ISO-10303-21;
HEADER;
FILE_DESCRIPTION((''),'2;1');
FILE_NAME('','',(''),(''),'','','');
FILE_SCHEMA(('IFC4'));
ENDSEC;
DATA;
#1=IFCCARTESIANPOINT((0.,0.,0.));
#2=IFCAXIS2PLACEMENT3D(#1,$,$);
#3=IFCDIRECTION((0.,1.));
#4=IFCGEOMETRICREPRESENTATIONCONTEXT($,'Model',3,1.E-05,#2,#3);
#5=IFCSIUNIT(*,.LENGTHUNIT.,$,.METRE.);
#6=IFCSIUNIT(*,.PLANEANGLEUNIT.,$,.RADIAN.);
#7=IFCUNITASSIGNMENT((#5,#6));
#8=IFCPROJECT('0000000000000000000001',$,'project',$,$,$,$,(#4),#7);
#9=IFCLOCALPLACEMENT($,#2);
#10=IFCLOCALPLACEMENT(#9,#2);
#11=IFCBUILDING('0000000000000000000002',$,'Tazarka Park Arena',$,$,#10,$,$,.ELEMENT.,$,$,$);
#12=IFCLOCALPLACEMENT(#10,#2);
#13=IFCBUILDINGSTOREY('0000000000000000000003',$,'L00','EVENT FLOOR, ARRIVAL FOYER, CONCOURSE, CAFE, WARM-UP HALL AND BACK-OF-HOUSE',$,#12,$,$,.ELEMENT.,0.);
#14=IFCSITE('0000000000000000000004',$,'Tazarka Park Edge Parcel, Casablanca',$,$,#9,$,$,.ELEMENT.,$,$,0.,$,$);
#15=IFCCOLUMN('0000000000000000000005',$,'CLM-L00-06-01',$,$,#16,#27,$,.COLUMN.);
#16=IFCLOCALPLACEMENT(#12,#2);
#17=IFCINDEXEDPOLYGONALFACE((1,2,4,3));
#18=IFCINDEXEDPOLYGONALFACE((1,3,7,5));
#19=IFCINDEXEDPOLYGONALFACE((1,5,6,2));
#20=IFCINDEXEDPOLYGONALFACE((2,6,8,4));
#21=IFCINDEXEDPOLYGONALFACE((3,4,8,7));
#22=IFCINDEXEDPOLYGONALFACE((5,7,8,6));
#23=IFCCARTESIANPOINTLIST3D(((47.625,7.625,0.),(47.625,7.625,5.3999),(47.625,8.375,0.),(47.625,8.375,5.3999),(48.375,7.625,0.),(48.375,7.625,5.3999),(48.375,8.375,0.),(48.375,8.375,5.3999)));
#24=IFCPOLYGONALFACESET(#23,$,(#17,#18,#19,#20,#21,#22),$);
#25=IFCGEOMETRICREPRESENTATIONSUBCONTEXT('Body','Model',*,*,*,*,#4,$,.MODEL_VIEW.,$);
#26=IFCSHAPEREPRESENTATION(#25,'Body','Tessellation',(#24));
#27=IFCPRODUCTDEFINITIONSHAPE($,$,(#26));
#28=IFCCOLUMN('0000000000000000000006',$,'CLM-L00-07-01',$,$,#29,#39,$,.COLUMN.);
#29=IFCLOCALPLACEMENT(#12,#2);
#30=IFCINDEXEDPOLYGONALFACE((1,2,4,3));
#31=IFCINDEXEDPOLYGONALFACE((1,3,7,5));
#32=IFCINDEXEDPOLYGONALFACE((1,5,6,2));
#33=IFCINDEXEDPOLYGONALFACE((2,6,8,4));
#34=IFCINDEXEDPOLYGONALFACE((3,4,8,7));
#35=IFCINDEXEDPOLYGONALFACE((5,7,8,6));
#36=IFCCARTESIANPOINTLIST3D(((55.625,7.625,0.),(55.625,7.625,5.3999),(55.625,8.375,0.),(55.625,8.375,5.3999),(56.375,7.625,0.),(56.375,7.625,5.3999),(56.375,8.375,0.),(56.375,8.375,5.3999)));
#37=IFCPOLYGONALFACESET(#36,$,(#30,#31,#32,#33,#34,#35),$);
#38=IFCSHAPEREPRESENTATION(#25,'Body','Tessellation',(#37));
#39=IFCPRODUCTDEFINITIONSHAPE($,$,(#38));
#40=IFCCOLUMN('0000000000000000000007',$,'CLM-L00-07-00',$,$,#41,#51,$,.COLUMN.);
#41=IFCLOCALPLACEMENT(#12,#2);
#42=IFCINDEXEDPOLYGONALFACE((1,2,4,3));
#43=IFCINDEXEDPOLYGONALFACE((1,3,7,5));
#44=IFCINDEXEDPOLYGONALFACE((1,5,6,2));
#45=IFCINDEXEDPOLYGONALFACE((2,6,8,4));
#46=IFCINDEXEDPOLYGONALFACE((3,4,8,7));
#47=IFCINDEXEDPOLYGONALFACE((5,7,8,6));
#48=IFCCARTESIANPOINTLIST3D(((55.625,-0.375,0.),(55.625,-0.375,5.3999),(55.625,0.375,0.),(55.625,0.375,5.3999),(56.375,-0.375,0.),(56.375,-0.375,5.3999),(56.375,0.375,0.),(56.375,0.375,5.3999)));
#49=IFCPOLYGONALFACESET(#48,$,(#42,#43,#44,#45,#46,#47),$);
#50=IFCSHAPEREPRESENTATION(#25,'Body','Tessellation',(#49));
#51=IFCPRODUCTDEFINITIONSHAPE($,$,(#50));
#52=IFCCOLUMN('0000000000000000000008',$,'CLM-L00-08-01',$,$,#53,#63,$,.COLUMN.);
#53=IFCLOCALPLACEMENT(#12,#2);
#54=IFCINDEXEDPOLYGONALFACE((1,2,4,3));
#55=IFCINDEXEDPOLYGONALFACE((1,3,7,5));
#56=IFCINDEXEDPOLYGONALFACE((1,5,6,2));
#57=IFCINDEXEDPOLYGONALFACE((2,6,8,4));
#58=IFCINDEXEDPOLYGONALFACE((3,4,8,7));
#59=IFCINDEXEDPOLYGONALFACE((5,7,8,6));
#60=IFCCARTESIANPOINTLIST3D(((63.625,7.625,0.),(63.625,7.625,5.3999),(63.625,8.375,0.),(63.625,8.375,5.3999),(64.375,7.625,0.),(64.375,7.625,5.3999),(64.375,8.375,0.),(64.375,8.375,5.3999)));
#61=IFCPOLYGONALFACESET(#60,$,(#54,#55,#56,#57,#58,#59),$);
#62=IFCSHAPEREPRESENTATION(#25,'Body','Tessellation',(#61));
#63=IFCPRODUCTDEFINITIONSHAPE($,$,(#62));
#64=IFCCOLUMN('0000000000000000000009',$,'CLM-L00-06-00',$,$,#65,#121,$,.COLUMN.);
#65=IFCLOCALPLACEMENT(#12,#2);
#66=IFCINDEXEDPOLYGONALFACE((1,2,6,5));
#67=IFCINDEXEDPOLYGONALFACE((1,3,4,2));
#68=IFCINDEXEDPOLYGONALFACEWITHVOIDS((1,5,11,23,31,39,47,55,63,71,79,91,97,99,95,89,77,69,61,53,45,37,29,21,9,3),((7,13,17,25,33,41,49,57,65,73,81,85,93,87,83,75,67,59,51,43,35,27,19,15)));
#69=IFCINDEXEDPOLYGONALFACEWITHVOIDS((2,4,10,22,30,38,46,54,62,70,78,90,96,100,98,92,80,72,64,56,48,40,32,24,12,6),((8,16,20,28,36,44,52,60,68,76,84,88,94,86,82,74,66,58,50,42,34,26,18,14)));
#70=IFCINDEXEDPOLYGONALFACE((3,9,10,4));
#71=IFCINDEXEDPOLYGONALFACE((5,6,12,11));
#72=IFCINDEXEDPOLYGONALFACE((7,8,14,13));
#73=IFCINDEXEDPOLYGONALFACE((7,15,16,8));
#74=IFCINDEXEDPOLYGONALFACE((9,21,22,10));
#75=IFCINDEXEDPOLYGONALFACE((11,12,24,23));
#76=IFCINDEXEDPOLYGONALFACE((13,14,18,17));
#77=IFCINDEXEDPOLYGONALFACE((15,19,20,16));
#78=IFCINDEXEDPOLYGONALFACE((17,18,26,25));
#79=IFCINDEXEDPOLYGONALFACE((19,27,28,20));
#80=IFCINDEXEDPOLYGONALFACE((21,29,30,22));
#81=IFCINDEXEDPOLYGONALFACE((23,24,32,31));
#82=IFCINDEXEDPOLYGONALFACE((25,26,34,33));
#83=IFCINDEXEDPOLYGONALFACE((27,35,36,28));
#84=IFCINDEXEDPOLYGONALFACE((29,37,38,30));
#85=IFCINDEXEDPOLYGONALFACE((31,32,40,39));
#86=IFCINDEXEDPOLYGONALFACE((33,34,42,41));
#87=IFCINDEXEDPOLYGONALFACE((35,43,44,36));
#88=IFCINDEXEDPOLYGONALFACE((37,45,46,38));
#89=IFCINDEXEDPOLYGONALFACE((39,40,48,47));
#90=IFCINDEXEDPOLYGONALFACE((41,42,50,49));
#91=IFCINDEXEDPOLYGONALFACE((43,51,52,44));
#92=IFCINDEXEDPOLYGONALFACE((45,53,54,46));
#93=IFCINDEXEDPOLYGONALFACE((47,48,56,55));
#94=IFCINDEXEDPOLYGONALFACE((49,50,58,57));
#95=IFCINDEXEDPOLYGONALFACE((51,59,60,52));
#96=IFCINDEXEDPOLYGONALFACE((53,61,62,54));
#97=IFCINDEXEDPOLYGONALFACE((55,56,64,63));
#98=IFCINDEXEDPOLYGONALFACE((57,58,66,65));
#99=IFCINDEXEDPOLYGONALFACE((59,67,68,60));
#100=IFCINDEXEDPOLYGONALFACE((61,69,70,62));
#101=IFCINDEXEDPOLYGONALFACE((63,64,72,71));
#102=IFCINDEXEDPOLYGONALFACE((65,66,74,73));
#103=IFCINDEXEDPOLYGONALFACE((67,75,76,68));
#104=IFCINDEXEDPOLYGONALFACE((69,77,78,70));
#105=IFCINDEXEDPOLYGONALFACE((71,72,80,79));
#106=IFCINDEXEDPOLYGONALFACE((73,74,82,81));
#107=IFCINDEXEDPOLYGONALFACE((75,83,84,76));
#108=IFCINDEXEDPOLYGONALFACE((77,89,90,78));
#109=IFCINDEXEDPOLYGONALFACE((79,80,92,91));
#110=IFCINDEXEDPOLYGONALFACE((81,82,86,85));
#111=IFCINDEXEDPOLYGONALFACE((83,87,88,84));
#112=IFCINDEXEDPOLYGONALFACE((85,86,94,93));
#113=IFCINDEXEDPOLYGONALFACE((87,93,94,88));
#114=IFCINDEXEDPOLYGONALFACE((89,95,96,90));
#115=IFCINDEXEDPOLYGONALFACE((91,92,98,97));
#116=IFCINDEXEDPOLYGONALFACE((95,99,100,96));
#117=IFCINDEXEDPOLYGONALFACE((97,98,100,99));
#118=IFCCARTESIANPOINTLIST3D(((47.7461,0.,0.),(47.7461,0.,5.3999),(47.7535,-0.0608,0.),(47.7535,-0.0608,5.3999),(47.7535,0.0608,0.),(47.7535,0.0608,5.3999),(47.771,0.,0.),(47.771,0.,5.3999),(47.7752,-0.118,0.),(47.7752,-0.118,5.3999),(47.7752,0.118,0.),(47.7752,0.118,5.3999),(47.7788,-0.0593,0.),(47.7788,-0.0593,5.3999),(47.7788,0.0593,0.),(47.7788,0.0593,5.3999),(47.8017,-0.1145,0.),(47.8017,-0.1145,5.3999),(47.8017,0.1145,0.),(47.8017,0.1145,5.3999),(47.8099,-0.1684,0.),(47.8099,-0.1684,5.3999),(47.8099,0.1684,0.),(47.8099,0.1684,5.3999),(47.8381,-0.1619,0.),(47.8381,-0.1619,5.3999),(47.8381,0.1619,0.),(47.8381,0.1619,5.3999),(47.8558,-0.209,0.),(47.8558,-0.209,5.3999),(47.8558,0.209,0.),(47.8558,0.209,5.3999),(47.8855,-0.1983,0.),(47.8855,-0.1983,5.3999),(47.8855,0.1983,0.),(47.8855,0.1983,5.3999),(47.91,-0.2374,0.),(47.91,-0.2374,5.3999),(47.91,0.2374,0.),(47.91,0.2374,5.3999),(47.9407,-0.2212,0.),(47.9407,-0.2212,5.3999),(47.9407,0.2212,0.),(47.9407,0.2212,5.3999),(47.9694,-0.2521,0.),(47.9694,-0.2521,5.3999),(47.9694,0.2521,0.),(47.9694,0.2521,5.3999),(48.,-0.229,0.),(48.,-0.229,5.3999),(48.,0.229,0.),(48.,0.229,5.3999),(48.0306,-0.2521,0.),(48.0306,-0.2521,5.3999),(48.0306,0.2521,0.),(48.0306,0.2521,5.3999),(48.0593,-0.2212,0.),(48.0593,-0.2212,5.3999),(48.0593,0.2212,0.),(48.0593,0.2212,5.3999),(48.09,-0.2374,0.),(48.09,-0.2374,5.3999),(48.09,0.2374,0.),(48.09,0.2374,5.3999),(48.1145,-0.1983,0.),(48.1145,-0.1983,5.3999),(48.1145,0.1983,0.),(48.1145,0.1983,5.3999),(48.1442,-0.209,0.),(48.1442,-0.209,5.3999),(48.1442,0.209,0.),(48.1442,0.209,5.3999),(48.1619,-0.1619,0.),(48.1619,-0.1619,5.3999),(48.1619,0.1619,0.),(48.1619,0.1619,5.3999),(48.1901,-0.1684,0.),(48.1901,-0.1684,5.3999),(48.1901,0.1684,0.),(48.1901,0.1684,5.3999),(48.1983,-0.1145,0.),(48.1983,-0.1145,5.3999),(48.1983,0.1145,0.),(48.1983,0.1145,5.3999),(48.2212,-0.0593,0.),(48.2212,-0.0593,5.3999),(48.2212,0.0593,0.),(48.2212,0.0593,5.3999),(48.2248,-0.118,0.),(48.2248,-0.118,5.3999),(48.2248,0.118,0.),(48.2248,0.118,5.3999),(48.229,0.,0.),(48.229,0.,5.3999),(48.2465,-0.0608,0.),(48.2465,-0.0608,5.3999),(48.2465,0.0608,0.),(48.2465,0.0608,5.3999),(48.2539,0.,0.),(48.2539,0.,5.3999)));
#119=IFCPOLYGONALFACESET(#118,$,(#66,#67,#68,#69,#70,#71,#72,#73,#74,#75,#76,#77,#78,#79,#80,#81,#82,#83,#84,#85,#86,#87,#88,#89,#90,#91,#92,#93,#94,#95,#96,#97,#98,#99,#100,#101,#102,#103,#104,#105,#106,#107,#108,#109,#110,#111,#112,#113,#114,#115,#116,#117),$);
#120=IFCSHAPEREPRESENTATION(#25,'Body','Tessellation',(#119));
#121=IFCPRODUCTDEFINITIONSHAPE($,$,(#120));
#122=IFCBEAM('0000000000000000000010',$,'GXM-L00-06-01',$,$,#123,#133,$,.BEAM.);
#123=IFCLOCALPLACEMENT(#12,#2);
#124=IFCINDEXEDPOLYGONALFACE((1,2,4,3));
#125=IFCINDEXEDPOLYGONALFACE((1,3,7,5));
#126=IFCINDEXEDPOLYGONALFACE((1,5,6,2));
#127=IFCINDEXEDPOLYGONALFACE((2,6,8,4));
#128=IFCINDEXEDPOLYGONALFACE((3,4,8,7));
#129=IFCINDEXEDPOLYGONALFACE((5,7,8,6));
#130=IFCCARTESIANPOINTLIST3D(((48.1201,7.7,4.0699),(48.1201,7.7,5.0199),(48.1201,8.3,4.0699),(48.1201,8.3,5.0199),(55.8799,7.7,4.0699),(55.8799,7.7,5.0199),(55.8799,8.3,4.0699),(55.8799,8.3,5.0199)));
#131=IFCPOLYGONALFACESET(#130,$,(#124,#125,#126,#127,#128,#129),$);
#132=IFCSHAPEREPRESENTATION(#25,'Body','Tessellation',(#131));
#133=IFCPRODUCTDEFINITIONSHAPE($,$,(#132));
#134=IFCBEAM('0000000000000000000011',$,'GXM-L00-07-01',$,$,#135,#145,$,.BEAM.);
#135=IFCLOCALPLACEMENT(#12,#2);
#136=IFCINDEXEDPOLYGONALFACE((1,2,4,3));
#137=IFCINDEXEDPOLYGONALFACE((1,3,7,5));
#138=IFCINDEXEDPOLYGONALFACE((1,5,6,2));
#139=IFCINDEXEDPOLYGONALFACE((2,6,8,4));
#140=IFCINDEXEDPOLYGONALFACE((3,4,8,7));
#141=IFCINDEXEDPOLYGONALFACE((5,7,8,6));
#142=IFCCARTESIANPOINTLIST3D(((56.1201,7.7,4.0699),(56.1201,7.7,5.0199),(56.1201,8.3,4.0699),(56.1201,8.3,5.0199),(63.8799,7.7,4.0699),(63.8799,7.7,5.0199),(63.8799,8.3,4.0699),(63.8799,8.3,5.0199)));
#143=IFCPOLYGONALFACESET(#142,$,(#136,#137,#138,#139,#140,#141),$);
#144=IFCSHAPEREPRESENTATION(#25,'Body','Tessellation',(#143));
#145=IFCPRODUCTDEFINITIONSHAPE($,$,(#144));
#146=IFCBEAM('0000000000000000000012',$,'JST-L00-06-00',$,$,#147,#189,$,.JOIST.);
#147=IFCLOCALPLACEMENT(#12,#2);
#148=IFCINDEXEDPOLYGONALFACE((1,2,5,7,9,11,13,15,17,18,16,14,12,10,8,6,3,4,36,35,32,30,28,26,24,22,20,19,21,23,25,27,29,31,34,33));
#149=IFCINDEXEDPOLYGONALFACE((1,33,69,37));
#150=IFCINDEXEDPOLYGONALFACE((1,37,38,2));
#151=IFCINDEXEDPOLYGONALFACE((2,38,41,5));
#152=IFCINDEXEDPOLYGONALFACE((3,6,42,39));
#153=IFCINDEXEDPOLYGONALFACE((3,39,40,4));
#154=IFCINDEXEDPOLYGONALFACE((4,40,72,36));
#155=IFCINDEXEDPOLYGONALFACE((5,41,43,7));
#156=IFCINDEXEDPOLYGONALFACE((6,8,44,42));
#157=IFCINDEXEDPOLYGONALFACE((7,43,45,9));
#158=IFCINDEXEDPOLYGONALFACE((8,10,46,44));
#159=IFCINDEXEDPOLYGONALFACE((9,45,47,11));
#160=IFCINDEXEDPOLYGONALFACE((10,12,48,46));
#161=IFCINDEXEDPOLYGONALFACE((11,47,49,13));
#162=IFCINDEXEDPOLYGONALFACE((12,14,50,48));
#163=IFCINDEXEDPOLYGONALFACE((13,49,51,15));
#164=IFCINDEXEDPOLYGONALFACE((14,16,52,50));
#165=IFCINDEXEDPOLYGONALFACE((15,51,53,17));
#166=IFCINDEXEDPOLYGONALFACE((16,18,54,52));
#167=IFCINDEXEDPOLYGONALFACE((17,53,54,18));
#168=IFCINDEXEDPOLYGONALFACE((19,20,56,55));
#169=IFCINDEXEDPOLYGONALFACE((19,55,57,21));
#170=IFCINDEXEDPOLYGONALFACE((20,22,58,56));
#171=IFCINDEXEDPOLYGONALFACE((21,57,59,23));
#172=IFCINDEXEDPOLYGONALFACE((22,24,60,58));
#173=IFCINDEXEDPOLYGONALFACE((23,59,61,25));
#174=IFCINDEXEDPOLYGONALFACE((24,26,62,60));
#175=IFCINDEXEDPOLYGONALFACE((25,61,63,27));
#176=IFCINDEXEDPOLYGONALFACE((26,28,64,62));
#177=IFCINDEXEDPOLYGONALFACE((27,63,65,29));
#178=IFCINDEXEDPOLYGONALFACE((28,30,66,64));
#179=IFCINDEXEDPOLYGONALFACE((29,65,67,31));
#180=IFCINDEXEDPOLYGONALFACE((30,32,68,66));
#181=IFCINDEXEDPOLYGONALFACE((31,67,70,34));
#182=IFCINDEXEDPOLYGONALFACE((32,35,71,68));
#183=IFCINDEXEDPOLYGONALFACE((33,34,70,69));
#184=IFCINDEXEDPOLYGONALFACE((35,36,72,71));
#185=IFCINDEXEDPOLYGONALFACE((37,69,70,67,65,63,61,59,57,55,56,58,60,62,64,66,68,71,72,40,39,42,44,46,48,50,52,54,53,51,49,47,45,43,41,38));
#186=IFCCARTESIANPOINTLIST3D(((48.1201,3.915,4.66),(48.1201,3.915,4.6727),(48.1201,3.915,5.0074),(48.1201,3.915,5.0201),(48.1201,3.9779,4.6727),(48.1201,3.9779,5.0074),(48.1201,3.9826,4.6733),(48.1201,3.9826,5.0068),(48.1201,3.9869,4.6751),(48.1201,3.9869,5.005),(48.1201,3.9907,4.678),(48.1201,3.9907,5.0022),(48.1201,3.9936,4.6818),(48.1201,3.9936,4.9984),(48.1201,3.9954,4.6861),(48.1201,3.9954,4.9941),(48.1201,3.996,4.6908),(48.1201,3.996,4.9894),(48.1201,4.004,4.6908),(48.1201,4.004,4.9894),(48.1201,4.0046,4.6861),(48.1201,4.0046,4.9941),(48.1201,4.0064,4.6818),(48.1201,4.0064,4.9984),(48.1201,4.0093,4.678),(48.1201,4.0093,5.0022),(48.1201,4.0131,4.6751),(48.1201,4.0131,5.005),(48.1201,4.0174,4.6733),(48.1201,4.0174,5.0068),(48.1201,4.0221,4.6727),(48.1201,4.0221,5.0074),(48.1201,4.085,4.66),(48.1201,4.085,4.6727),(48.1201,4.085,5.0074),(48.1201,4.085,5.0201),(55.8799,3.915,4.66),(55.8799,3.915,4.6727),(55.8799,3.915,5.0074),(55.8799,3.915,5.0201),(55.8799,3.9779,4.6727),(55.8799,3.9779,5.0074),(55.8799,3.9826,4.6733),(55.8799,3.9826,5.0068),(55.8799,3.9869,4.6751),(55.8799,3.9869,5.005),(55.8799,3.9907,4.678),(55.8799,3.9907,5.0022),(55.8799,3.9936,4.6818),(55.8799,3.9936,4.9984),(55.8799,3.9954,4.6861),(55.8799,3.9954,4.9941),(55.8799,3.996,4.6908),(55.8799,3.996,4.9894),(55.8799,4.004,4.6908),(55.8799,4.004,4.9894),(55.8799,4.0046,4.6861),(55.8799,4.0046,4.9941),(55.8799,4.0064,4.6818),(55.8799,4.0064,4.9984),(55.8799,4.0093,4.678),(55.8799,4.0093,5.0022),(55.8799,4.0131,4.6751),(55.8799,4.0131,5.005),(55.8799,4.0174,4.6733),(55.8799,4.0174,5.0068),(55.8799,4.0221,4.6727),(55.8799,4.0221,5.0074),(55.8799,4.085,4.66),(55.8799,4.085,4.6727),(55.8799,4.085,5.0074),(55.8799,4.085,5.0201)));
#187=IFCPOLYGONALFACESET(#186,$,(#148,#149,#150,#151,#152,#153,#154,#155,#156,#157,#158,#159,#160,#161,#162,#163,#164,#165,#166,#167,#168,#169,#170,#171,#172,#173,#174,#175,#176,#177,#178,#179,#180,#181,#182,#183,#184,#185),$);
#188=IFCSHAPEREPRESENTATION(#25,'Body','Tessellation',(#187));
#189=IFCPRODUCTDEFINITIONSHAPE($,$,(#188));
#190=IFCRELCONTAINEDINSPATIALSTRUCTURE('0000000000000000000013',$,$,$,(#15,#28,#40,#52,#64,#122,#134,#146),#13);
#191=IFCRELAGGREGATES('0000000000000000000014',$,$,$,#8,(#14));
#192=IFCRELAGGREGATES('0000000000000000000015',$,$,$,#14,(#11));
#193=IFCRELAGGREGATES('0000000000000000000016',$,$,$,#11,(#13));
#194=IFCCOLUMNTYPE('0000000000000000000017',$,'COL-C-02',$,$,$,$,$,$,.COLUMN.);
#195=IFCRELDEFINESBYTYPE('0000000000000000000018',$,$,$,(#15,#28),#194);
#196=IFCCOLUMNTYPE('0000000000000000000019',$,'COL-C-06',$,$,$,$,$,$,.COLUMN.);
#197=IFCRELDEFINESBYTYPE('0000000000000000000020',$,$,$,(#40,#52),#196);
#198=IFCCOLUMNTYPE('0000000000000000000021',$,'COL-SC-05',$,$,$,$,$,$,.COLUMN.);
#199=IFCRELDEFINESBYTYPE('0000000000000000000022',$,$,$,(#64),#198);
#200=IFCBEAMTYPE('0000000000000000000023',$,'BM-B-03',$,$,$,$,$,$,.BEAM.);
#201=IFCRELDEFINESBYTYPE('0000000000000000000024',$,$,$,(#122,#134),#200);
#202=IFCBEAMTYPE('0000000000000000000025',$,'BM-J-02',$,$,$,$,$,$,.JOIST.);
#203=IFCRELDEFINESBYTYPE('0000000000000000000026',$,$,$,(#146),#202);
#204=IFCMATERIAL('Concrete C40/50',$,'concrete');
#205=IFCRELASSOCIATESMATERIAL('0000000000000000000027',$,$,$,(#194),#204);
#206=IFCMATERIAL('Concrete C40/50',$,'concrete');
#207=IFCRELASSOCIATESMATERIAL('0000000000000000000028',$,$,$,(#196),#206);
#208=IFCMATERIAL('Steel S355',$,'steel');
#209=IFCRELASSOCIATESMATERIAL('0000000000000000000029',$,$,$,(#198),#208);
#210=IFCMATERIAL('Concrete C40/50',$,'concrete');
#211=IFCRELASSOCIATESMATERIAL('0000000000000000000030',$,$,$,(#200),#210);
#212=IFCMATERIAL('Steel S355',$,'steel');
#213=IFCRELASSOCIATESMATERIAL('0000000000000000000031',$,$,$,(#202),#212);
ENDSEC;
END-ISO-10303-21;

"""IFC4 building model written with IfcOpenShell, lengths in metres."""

from ifc_helpers import new_model, si_unit, direction, frame, origin, origin_2d, place, context, subcontext, project, spatial, rectangle, hollow_circle, i_section, extrude, material, material_profile, profile_set, type_object, element, save


model = new_model("IFC4")

# Units and contexts
model_context = context("Model", 3, precision=1e-05, world=origin(), true_north=direction((0.0, 1.0)))
body_context = subcontext(model_context, "Body", "Model", "MODEL_VIEW")
ifc_project = project(units=[si_unit("LENGTHUNIT", "METRE"), si_unit("PLANEANGLEUNIT", "RADIAN")], contexts=[model_context])

# Site, building, storey
site_placement = place(None, origin())
site = spatial("IfcSite", under=ifc_project, at=site_placement, Name="Tazarka Park Edge Parcel, Casablanca", CompositionType="ELEMENT", RefElevation=0.0)
building_placement = place(site_placement, origin())
building = spatial("IfcBuilding", under=site, at=building_placement, Name="Tazarka Park Arena", CompositionType="ELEMENT")
storey_placement = place(building_placement, origin())
storey = spatial("IfcBuildingStorey", under=building, at=storey_placement, Name="L00", Description="EVENT FLOOR, ARRIVAL FOYER, CONCOURSE, CAFE, WARM-UP HALL AND BACK-OF-HOUSE", CompositionType="ELEMENT", Elevation=0.0)

# Columns
ifc_material_1 = material(Name="Concrete C40/50", Category="concrete")
ifc_material_profile_1 = material_profile(ifc_material_1, rectangle(XDim=0.75, YDim=0.75, at=origin_2d()), Name="Concrete C40/50")
ifc_profile_set_1 = profile_set([ifc_material_profile_1], Name="Concrete C40/50")
column_type_1 = type_object("IfcColumnType", Name="COL-C-02", PredefinedType="COLUMN", material=ifc_profile_set_1)
for number, where, z_axis, x_axis, name in (
    (1, (48.0, 8.0, 0.0), (0.0, 0.0, 1.0), (1.0, 0.0, 0.0), "CLM-L00-06-01"),
    (2, (56.0, 8.0, 0.0), (0.0, 0.0, 1.0), (1.0, 0.0, 0.0), "CLM-L00-07-01"),
):
    element("IfcColumn", number, at=place(storey_placement, frame(where, z_axis=z_axis, x_axis=x_axis)), inside=storey, type_object=column_type_1, Name=name, PredefinedType="COLUMN", context=body_context, shape_type="SweptSolid", body=[
        extrude(rectangle(XDim=0.75, YDim=0.75, at=origin_2d()), origin(), (0.0, 0.0, 1.0), 5.3999),
    ])
ifc_material_2 = material(Name="Concrete C40/50", Category="concrete")
ifc_material_profile_2 = material_profile(ifc_material_2, rectangle(XDim=0.75, YDim=0.75, at=origin_2d()), Name="Concrete C40/50")
ifc_profile_set_2 = profile_set([ifc_material_profile_2], Name="Concrete C40/50")
column_type_2 = type_object("IfcColumnType", Name="COL-C-06", PredefinedType="COLUMN", material=ifc_profile_set_2)
for number, where, z_axis, x_axis, name in (
    (3, (56.0, 0.0, 0.0), (0.0, 0.0, 1.0), (1.0, 0.0, 0.0), "CLM-L00-07-00"),
    (4, (64.0, 8.0, 0.0), (0.0, 0.0, 1.0), (1.0, 0.0, 0.0), "CLM-L00-08-01"),
):
    element("IfcColumn", number, at=place(storey_placement, frame(where, z_axis=z_axis, x_axis=x_axis)), inside=storey, type_object=column_type_2, Name=name, PredefinedType="COLUMN", context=body_context, shape_type="SweptSolid", body=[
        extrude(rectangle(XDim=0.75, YDim=0.75, at=origin_2d()), origin(), (0.0, 0.0, 1.0), 5.3999),
    ])
ifc_material_3 = material(Name="Steel S355", Category="steel")
ifc_material_profile_3 = material_profile(ifc_material_3, hollow_circle(Radius=0.2539, WallThickness=0.0249, at=origin_2d()), Name="Steel S355")
ifc_profile_set_3 = profile_set([ifc_material_profile_3], Name="Steel S355")
column_type_3 = type_object("IfcColumnType", Name="COL-SC-05", PredefinedType="COLUMN", material=ifc_profile_set_3)
column_placement = place(storey_placement, frame((48.0, 0.0, 0.0), z_axis=(0.0, 0.0, 1.0), x_axis=(1.0, 0.0, 0.0)))
element("IfcColumn", 5, at=column_placement, inside=storey, type_object=column_type_3, Name="CLM-L00-06-00", PredefinedType="COLUMN", context=body_context, shape_type="SweptSolid", body=[
    extrude(hollow_circle(Radius=0.2539, WallThickness=0.0249, at=origin_2d()), origin(), (0.0, 0.0, 1.0), 5.3999),
])

# Beams
ifc_material_4 = material(Name="Concrete C40/50", Category="concrete")
ifc_material_profile_4 = material_profile(ifc_material_4, rectangle(XDim=0.6001, YDim=0.95, at=origin_2d()), Name="Concrete C40/50")
ifc_profile_set_4 = profile_set([ifc_material_profile_4], Name="Concrete C40/50")
beam_type_1 = type_object("IfcBeamType", Name="BM-B-03", PredefinedType="BEAM", material=ifc_profile_set_4)
for number, where, z_axis, x_axis, name in (
    (6, (48.1201, 8.0, 4.5449), (1.0, 0.0, 0.0), (0.0, 1.0, 0.0), "GXM-L00-06-01"),
    (7, (56.1201, 8.0, 4.5449), (1.0, 0.0, 0.0), (0.0, 1.0, 0.0), "GXM-L00-07-01"),
):
    element("IfcBeam", number, at=place(storey_placement, frame(where, z_axis=z_axis, x_axis=x_axis)), inside=storey, type_object=beam_type_1, Name=name, PredefinedType="BEAM", context=body_context, shape_type="SweptSolid", body=[
        extrude(rectangle(XDim=0.6001, YDim=0.95, at=origin_2d()), origin(), (0.0, 0.0, 1.0), 7.7598),
    ])
ifc_material_5 = material(Name="Steel S355", Category="steel")
ifc_material_profile_5 = material_profile(ifc_material_5, i_section(OverallWidth=0.1699, OverallDepth=0.3601, WebThickness=0.0081, FlangeThickness=0.0127, FilletRadius=0.0181, at=origin_2d()), Name="Steel S355")
ifc_profile_set_5 = profile_set([ifc_material_profile_5], Name="Steel S355")
beam_type_2 = type_object("IfcBeamType", Name="BM-J-02", PredefinedType="JOIST", material=ifc_profile_set_5)
beam_1_placement = place(storey_placement, frame((48.1201, 4.0, 4.8401), z_axis=(1.0, 0.0, 0.0), x_axis=(0.0, 1.0, 0.0)))
element("IfcBeam", 8, at=beam_1_placement, inside=storey, type_object=beam_type_2, Name="JST-L00-06-00", PredefinedType="JOIST", context=body_context, shape_type="SweptSolid", body=[
    extrude(i_section(OverallWidth=0.1699, OverallDepth=0.3601, WebThickness=0.0081, FlangeThickness=0.0127, FilletRadius=0.0181, at=origin_2d()), origin(), (0.0, 0.0, 1.0), 7.7598),
])

save(model, "model.ifc")
